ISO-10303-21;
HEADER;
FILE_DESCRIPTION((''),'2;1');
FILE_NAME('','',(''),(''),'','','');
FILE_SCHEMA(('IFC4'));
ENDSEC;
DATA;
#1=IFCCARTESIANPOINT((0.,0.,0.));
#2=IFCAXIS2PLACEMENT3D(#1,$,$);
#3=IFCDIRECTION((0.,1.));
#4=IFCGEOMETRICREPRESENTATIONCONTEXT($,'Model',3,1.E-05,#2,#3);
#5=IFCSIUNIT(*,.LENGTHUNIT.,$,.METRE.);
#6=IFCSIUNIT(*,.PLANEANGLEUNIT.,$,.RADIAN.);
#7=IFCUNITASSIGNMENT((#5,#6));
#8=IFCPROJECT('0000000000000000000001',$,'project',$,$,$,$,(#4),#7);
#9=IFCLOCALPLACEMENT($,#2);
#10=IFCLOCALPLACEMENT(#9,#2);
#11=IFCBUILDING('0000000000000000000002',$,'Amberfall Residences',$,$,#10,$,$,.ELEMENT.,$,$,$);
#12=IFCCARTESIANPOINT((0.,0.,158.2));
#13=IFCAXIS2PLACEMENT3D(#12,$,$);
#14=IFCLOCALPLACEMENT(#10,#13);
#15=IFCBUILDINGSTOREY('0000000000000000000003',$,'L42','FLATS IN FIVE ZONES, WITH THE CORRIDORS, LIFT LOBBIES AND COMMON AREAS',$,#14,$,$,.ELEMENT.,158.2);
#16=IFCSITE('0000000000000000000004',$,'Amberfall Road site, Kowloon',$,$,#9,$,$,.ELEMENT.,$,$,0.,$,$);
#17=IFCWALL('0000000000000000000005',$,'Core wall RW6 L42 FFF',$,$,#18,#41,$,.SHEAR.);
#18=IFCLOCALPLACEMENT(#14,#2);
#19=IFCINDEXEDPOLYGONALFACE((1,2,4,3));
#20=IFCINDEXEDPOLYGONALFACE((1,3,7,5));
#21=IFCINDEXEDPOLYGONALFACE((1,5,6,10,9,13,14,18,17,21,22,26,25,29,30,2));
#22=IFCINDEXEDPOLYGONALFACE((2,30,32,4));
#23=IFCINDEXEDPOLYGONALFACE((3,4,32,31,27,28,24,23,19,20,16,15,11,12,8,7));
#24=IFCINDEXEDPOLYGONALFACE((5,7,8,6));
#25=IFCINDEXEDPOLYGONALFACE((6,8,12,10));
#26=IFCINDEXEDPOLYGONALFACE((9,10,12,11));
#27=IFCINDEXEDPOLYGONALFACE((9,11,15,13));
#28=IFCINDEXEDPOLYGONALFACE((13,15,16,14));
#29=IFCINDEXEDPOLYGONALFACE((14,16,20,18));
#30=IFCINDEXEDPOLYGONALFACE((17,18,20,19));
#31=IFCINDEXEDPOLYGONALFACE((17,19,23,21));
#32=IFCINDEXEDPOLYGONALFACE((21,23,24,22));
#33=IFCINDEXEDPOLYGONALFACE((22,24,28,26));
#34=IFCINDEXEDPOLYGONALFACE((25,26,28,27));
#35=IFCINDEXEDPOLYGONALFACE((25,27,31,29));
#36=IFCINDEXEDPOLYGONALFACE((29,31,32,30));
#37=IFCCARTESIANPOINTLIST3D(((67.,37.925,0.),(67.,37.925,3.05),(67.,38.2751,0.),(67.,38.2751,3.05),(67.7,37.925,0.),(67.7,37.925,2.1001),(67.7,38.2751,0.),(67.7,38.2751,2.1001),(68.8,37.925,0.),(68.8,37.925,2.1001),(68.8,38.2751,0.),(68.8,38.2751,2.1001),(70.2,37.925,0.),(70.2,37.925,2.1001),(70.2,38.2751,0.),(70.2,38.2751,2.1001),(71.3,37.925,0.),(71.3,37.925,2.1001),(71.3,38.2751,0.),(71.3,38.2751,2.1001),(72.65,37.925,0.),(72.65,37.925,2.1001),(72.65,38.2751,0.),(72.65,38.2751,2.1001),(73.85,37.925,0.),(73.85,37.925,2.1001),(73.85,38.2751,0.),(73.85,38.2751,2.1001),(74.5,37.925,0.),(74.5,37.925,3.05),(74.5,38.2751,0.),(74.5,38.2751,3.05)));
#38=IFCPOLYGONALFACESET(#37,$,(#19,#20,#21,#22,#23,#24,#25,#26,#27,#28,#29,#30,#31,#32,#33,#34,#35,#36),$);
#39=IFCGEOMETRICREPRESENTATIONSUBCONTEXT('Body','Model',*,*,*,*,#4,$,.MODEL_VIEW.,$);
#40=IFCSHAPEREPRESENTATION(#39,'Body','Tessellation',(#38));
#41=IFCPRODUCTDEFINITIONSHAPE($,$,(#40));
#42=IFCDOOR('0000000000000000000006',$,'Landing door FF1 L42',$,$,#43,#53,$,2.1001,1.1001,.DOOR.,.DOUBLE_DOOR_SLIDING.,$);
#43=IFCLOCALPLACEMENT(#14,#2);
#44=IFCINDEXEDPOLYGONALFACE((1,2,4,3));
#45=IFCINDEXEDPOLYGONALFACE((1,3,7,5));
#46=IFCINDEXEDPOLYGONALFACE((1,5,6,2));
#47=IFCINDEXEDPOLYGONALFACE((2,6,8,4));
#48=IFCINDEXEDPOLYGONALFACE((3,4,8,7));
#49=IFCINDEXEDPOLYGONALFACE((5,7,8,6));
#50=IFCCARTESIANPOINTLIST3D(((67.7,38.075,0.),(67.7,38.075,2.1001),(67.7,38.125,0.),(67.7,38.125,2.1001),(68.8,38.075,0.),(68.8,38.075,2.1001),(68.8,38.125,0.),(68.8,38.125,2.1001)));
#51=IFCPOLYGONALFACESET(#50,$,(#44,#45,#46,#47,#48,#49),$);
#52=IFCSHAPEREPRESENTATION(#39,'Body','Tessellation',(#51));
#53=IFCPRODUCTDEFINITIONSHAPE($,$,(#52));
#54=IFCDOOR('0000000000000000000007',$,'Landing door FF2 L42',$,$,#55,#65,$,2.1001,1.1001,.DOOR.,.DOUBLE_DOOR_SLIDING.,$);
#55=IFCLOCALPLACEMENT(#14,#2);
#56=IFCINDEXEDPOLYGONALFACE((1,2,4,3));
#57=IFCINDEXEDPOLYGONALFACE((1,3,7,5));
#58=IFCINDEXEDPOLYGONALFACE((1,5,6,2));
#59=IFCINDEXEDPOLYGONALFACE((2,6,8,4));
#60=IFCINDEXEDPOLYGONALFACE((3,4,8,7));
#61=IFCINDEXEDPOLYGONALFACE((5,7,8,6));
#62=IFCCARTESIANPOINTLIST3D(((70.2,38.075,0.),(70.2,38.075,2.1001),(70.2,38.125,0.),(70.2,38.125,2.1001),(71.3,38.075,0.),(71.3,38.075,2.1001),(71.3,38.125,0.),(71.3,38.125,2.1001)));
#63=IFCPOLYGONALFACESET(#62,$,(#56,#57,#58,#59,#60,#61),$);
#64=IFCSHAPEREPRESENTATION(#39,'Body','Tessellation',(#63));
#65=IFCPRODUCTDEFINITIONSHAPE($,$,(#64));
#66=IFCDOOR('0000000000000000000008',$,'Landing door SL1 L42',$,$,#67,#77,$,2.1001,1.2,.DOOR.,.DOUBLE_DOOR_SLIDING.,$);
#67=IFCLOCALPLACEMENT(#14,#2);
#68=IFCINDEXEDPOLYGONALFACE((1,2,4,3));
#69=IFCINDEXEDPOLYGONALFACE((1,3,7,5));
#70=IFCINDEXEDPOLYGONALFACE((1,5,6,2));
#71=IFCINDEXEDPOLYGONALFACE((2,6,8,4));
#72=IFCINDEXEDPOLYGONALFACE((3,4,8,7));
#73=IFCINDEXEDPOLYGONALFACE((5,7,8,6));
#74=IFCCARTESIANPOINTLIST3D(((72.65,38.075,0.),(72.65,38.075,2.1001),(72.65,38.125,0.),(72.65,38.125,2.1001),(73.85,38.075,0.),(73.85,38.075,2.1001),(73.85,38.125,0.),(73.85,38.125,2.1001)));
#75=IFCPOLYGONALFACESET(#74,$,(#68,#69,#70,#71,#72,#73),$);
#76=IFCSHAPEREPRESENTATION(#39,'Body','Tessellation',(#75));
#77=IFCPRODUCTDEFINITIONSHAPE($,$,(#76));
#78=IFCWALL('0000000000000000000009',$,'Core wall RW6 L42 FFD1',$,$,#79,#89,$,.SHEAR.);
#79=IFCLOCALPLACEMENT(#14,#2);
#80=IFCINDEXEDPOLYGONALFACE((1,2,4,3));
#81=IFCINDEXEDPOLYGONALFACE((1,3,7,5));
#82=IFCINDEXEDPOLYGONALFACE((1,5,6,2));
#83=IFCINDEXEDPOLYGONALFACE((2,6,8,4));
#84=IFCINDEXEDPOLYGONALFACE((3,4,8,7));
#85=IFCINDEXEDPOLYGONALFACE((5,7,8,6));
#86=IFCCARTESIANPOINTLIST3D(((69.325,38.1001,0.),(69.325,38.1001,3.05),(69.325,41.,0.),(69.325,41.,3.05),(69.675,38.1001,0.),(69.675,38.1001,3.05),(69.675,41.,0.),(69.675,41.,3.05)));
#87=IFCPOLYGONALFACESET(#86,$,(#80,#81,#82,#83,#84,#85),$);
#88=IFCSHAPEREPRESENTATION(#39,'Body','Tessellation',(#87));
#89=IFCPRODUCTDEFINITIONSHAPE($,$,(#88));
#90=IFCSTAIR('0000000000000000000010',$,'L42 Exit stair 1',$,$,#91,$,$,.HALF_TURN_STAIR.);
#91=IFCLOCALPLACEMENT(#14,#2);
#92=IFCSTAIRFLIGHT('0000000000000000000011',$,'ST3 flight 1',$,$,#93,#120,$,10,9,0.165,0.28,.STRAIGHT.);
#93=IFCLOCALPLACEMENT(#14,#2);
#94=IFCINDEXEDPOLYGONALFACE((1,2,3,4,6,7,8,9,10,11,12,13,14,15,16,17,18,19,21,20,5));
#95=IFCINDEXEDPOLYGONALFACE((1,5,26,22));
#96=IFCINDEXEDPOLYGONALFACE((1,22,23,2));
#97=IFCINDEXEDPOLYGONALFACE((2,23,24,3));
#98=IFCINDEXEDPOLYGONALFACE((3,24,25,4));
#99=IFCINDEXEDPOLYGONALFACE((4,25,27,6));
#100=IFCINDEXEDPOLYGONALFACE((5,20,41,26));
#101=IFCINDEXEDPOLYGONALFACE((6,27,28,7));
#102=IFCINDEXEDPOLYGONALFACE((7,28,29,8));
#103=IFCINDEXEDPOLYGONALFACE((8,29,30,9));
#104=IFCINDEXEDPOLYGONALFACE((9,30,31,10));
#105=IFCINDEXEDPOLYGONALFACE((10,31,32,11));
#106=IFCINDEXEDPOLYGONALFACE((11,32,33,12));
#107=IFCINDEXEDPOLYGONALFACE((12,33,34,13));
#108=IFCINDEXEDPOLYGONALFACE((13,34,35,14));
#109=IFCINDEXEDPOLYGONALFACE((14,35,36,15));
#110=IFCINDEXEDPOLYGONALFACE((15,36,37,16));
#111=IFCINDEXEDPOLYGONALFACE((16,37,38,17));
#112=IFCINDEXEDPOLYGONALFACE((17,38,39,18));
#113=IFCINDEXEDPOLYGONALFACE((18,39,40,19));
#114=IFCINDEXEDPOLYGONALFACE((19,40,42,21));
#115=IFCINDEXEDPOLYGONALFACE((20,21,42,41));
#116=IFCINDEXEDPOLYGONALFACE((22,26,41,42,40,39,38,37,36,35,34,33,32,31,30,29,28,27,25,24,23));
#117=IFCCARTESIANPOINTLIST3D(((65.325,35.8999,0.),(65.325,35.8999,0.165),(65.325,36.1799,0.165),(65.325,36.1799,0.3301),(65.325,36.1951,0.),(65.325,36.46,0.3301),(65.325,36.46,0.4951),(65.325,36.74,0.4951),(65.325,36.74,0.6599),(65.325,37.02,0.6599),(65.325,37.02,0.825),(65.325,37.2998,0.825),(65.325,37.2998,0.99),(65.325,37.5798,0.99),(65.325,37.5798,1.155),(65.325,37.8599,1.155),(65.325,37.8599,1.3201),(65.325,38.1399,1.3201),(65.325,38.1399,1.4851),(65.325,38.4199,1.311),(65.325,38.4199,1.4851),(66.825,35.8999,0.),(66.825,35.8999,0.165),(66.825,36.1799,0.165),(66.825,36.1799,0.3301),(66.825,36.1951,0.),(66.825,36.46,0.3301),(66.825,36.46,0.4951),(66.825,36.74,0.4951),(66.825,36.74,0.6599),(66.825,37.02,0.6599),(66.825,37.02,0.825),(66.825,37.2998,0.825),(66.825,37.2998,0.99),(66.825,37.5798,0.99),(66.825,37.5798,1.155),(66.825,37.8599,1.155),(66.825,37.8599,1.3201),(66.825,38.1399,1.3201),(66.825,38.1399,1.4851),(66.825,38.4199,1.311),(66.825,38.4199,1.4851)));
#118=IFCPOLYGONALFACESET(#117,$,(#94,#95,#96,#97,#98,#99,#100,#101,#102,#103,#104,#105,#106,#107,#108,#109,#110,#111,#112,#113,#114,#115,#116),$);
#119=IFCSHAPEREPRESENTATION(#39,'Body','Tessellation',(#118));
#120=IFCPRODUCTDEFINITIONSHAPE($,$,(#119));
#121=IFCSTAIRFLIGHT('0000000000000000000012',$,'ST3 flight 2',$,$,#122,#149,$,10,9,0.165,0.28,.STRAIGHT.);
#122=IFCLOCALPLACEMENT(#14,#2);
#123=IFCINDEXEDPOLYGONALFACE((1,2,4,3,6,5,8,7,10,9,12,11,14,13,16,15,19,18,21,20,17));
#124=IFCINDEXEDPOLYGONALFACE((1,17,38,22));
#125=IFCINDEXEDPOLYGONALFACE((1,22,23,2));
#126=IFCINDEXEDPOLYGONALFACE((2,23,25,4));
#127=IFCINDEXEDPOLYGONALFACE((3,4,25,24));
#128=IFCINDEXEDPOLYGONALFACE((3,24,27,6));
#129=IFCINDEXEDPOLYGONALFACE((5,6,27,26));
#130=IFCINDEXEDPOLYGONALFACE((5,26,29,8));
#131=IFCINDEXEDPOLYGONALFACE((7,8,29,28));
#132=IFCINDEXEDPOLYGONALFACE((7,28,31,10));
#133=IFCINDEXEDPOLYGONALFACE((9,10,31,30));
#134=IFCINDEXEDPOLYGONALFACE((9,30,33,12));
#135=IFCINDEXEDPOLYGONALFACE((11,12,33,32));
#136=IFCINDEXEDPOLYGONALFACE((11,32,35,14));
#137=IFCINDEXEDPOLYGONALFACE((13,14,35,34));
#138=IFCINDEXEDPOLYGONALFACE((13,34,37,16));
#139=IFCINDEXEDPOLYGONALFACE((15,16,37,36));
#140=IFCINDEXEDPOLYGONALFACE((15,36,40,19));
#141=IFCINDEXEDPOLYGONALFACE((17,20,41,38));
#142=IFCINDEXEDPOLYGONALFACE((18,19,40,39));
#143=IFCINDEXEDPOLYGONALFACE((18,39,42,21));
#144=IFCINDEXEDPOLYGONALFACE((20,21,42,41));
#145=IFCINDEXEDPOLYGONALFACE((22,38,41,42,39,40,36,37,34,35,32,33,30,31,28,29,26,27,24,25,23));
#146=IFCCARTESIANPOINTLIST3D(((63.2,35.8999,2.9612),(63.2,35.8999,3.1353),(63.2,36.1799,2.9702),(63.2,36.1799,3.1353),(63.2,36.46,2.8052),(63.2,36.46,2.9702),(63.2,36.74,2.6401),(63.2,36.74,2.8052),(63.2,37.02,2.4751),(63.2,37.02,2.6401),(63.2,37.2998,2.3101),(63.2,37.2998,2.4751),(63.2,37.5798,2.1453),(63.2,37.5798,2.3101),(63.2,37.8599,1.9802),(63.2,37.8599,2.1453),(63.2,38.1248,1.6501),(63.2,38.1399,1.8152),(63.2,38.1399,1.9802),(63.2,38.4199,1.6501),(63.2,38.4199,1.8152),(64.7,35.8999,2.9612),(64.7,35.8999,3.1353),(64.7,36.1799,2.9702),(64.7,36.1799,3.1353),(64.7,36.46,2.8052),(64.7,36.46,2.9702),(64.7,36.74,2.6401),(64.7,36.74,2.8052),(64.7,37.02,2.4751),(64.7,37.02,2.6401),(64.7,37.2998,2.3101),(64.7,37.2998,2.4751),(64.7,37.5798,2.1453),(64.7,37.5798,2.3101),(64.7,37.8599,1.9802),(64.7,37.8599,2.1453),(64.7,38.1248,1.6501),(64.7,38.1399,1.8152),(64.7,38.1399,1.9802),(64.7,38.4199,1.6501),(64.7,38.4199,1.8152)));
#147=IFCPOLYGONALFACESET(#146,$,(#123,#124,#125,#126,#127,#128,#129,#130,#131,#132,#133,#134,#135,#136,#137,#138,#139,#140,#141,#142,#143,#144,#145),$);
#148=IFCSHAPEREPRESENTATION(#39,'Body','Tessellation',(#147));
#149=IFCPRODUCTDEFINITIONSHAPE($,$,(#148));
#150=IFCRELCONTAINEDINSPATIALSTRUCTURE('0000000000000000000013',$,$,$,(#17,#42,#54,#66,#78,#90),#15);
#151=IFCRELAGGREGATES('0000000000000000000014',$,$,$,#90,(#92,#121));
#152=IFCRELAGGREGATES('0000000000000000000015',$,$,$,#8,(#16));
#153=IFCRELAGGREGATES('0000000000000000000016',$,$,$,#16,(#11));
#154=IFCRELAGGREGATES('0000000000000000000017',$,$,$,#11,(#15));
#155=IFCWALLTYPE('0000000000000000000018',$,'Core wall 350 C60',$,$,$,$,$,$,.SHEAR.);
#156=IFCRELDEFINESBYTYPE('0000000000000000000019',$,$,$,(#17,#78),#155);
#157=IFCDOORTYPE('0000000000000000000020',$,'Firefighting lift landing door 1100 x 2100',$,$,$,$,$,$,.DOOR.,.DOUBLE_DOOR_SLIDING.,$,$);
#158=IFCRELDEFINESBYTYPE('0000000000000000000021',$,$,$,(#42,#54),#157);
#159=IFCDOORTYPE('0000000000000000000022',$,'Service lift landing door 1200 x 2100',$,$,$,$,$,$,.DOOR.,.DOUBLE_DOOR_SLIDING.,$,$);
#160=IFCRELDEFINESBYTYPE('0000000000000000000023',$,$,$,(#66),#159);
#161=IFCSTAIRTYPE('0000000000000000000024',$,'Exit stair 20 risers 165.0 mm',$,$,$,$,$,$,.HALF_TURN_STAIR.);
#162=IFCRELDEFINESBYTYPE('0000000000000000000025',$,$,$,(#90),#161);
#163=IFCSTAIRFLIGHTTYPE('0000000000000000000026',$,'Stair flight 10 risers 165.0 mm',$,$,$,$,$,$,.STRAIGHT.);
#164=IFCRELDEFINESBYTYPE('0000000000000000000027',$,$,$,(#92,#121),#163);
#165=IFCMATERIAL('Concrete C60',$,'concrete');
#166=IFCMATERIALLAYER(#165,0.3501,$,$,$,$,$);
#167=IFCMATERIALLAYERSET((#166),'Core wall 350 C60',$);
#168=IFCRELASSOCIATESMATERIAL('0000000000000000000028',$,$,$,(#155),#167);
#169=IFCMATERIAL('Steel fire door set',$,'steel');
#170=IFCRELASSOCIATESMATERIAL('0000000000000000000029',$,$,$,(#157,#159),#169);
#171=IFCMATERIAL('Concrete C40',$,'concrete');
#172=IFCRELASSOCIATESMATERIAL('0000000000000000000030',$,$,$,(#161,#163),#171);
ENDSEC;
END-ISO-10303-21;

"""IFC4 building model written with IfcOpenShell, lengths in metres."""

from ifc_helpers import new_model, si_unit, direction, frame, frame_2d, origin, place, context, subcontext, project, spatial, polyline, rectangle, outline, extrude, material, layer, layer_set, type_object, element, fill, aggregate, save


model = new_model("IFC4")

# Units and contexts
model_context = context("Model", 3, precision=1e-05, world=origin(), true_north=direction((0.0, 1.0)))
body_context = subcontext(model_context, "Body", "Model", "MODEL_VIEW")
ifc_project = project(units=[si_unit("LENGTHUNIT", "METRE"), si_unit("PLANEANGLEUNIT", "RADIAN")], contexts=[model_context])

# Site, building, storey
site_placement = place(None, origin())
site = spatial("IfcSite", under=ifc_project, at=site_placement, Name="Amberfall Road site, Kowloon", CompositionType="ELEMENT", RefElevation=0.0)
building_placement = place(site_placement, origin())
building = spatial("IfcBuilding", under=site, at=building_placement, Name="Amberfall Residences", CompositionType="ELEMENT")
storey_placement = place(building_placement, frame((0.0, 0.0, 158.2)))
storey = spatial("IfcBuildingStorey", under=building, at=storey_placement, Name="L42", Description="FLATS IN FIVE ZONES, WITH THE CORRIDORS, LIFT LOBBIES AND COMMON AREAS", CompositionType="ELEMENT", Elevation=158.2)

# Wall, openings, doors
ifc_material_1 = material(Name="Concrete C60", Category="concrete")
ifc_layer = layer(ifc_material_1, 0.3501)
ifc_layer_set = layer_set([ifc_layer], Name="Core wall 350 C60")
wall_type = type_object("IfcWallType", Name="Core wall 350 C60", PredefinedType="SHEAR", material=ifc_layer_set)
wall_1_placement = place(storey_placement, frame((67.0, 38.1001, 0.0), z_axis=(0.0, 0.0, 1.0), x_axis=(1.0, 0.0, 0.0)))
wall_1 = element("IfcWall", 1, at=wall_1_placement, inside=storey, type_object=wall_type, Name="Core wall RW6 L42 FFF", PredefinedType="SHEAR", context=body_context, shape_type="SweptSolid", body=[
    extrude(rectangle(XDim=7.5, YDim=0.3501, at=frame_2d((3.75, 0.0))), origin(), (0.0, 0.0, 1.0), 3.05),
])
opening_1_placement = place(wall_1_placement, frame((0.7, 0.0, 0.0)))
opening_1 = element("IfcOpeningElement", 2, at=opening_1_placement, cuts=wall_1, PredefinedType="OPENING", context=body_context, shape_type="SweptSolid", body=[
    extrude(rectangle(XDim=1.1001, YDim=2.1001, at=frame_2d((0.55, 1.05))), frame((0.0, 0.1851, 0.0), z_axis=(0.0, -1.0, 0.0), x_axis=(1.0, 0.0, 0.0)), (0.0, 0.0, 1.0), 0.3701),
])
opening_2_placement = place(wall_1_placement, frame((3.2, 0.0, 0.0)))
opening_2 = element("IfcOpeningElement", 3, at=opening_2_placement, cuts=wall_1, PredefinedType="OPENING", context=body_context, shape_type="SweptSolid", body=[
    extrude(rectangle(XDim=1.1001, YDim=2.1001, at=frame_2d((0.55, 1.05))), frame((0.0, 0.1851, 0.0), z_axis=(0.0, -1.0, 0.0), x_axis=(1.0, 0.0, 0.0)), (0.0, 0.0, 1.0), 0.3701),
])
opening_3_placement = place(wall_1_placement, frame((5.6499, 0.0, 0.0)))
opening_3 = element("IfcOpeningElement", 4, at=opening_3_placement, cuts=wall_1, PredefinedType="OPENING", context=body_context, shape_type="SweptSolid", body=[
    extrude(rectangle(XDim=1.2, YDim=2.1001, at=frame_2d((0.6001, 1.05))), frame((0.0, 0.1851, 0.0), z_axis=(0.0, -1.0, 0.0), x_axis=(1.0, 0.0, 0.0)), (0.0, 0.0, 1.0), 0.3701),
])
ifc_material_2 = material(Name="Steel fire door set", Category="steel")
door_type_1 = type_object("IfcDoorType", Name="Firefighting lift landing door 1100 x 2100", OperationType="DOUBLE_DOOR_SLIDING", PredefinedType="DOOR", material=ifc_material_2)
door_1_placement = place(opening_1_placement, origin())
door_1 = element("IfcDoor", 5, at=door_1_placement, inside=storey, type_object=door_type_1, Name="Landing door FF1 L42", OperationType="DOUBLE_DOOR_SLIDING", OverallHeight=2.1001, OverallWidth=1.1001, PredefinedType="DOOR", context=body_context, shape_type="SweptSolid", body=[
    extrude(rectangle(XDim=1.1001, YDim=2.1001, at=frame_2d((0.55, 1.05))), frame((0.0, 0.0249, 0.0), z_axis=(0.0, -1.0, 0.0), x_axis=(1.0, 0.0, 0.0)), (0.0, 0.0, 1.0), 0.05),
])
fill(opening_1, door_1)
door_2_placement = place(opening_2_placement, origin())
door_2 = element("IfcDoor", 6, at=door_2_placement, inside=storey, type_object=door_type_1, Name="Landing door FF2 L42", OperationType="DOUBLE_DOOR_SLIDING", OverallHeight=2.1001, OverallWidth=1.1001, PredefinedType="DOOR", context=body_context, shape_type="SweptSolid", body=[
    extrude(rectangle(XDim=1.1001, YDim=2.1001, at=frame_2d((0.55, 1.05))), frame((0.0, 0.0249, 0.0), z_axis=(0.0, -1.0, 0.0), x_axis=(1.0, 0.0, 0.0)), (0.0, 0.0, 1.0), 0.05),
])
fill(opening_2, door_2)
door_type_2 = type_object("IfcDoorType", Name="Service lift landing door 1200 x 2100", OperationType="DOUBLE_DOOR_SLIDING", PredefinedType="DOOR", material=ifc_material_2)
door_3_placement = place(opening_3_placement, origin())
door_3 = element("IfcDoor", 7, at=door_3_placement, inside=storey, type_object=door_type_2, Name="Landing door SL1 L42", OperationType="DOUBLE_DOOR_SLIDING", OverallHeight=2.1001, OverallWidth=1.2, PredefinedType="DOOR", context=body_context, shape_type="SweptSolid", body=[
    extrude(rectangle(XDim=1.2, YDim=2.1001, at=frame_2d((0.6001, 1.05))), frame((0.0, 0.0249, 0.0), z_axis=(0.0, -1.0, 0.0), x_axis=(1.0, 0.0, 0.0)), (0.0, 0.0, 1.0), 0.05),
])
fill(opening_3, door_3)

# Wall
wall_2_placement = place(storey_placement, frame((69.5, 38.1001, 0.0), z_axis=(0.0, 0.0, 1.0), x_axis=(0.0, 1.0, 0.0)))
element("IfcWall", 8, at=wall_2_placement, inside=storey, type_object=wall_type, Name="Core wall RW6 L42 FFD1", PredefinedType="SHEAR", context=body_context, shape_type="SweptSolid", body=[
    extrude(rectangle(XDim=2.8999, YDim=0.3501, at=frame_2d((1.45, 0.0))), origin(), (0.0, 0.0, 1.0), 3.05),
])

# Stair, stair flights
ifc_material_3 = material(Name="Concrete C40", Category="concrete")
stair_type = type_object("IfcStairType", Name="Exit stair 20 risers 165.0 mm", PredefinedType="HALF_TURN_STAIR", material=ifc_material_3)
stair_placement = place(storey_placement, origin())
stair = element("IfcStair", 9, at=stair_placement, inside=storey, type_object=stair_type, Name="L42 Exit stair 1", PredefinedType="HALF_TURN_STAIR")
stair_flight_type = type_object("IfcStairFlightType", Name="Stair flight 10 risers 165.0 mm", PredefinedType="STRAIGHT", material=ifc_material_3)
stair_flight_1_placement = place(storey_placement, frame((66.075, 35.8999, 0.0), z_axis=(0.0, 0.0, 1.0), x_axis=(0.0, 1.0, 0.0)))
stair_flight_1 = element("IfcStairFlight", 10, at=stair_flight_1_placement, type_object=stair_flight_type, Name="ST3 flight 1", NumberOfRisers=10, NumberOfTreads=9, PredefinedType="STRAIGHT", RiserHeight=0.165, TreadLength=0.28, context=body_context, shape_type="SweptSolid", body=[
    extrude(outline(polyline([(0.0, 0.0), (0.0, 0.165), (0.28, 0.165), (0.28, 0.3301), (0.5601, 0.3301), (0.5601, 0.4951), (0.8401, 0.4951), (0.8401, 0.6599), (1.1201, 0.6599), (1.1201, 0.825), (1.3999, 0.825), (1.3999, 0.99), (1.6799, 0.99), (1.6799, 1.155), (1.96, 1.155), (1.96, 1.3201), (2.24, 1.3201), (2.24, 1.4851), (2.52, 1.4851), (2.52, 1.6499), (2.52, 1.311), (0.2952, 0.0), (0.0, 0.0)])), frame((0.0, 0.75, 0.0), z_axis=(0.0, -1.0, 0.0), x_axis=(1.0, 0.0, 0.0)), (0.0, 0.0, 1.0), 1.5),
])
stair_flight_2_placement = place(storey_placement, frame((63.95, 38.4199, 1.6501), z_axis=(0.0, 0.0, 1.0), x_axis=(0.0, -1.0, 0.0)))
stair_flight_2 = element("IfcStairFlight", 11, at=stair_flight_2_placement, type_object=stair_flight_type, Name="ST3 flight 2", NumberOfRisers=10, NumberOfTreads=9, PredefinedType="STRAIGHT", RiserHeight=0.165, TreadLength=0.28, context=body_context, shape_type="SweptSolid", body=[
    extrude(outline(polyline([(0.0, 0.0), (0.0, 0.165), (0.28, 0.165), (0.28, 0.3301), (0.5601, 0.3301), (0.5601, 0.4951), (0.8401, 0.4951), (0.8401, 0.6599), (1.1201, 0.6599), (1.1201, 0.825), (1.3999, 0.825), (1.3999, 0.99), (1.6799, 0.99), (1.6799, 1.155), (1.96, 1.155), (1.96, 1.3201), (2.24, 1.3201), (2.24, 1.4851), (2.52, 1.4851), (2.52, 1.6499), (2.52, 1.311), (0.2952, 0.0), (0.0, 0.0)])), frame((0.0, 0.75, 0.0), z_axis=(0.0, -1.0, 0.0), x_axis=(1.0, 0.0, 0.0)), (0.0, 0.0, 1.0), 1.5),
])
aggregate(stair, [stair_flight_1, stair_flight_2])

save(model, "model.ifc")
